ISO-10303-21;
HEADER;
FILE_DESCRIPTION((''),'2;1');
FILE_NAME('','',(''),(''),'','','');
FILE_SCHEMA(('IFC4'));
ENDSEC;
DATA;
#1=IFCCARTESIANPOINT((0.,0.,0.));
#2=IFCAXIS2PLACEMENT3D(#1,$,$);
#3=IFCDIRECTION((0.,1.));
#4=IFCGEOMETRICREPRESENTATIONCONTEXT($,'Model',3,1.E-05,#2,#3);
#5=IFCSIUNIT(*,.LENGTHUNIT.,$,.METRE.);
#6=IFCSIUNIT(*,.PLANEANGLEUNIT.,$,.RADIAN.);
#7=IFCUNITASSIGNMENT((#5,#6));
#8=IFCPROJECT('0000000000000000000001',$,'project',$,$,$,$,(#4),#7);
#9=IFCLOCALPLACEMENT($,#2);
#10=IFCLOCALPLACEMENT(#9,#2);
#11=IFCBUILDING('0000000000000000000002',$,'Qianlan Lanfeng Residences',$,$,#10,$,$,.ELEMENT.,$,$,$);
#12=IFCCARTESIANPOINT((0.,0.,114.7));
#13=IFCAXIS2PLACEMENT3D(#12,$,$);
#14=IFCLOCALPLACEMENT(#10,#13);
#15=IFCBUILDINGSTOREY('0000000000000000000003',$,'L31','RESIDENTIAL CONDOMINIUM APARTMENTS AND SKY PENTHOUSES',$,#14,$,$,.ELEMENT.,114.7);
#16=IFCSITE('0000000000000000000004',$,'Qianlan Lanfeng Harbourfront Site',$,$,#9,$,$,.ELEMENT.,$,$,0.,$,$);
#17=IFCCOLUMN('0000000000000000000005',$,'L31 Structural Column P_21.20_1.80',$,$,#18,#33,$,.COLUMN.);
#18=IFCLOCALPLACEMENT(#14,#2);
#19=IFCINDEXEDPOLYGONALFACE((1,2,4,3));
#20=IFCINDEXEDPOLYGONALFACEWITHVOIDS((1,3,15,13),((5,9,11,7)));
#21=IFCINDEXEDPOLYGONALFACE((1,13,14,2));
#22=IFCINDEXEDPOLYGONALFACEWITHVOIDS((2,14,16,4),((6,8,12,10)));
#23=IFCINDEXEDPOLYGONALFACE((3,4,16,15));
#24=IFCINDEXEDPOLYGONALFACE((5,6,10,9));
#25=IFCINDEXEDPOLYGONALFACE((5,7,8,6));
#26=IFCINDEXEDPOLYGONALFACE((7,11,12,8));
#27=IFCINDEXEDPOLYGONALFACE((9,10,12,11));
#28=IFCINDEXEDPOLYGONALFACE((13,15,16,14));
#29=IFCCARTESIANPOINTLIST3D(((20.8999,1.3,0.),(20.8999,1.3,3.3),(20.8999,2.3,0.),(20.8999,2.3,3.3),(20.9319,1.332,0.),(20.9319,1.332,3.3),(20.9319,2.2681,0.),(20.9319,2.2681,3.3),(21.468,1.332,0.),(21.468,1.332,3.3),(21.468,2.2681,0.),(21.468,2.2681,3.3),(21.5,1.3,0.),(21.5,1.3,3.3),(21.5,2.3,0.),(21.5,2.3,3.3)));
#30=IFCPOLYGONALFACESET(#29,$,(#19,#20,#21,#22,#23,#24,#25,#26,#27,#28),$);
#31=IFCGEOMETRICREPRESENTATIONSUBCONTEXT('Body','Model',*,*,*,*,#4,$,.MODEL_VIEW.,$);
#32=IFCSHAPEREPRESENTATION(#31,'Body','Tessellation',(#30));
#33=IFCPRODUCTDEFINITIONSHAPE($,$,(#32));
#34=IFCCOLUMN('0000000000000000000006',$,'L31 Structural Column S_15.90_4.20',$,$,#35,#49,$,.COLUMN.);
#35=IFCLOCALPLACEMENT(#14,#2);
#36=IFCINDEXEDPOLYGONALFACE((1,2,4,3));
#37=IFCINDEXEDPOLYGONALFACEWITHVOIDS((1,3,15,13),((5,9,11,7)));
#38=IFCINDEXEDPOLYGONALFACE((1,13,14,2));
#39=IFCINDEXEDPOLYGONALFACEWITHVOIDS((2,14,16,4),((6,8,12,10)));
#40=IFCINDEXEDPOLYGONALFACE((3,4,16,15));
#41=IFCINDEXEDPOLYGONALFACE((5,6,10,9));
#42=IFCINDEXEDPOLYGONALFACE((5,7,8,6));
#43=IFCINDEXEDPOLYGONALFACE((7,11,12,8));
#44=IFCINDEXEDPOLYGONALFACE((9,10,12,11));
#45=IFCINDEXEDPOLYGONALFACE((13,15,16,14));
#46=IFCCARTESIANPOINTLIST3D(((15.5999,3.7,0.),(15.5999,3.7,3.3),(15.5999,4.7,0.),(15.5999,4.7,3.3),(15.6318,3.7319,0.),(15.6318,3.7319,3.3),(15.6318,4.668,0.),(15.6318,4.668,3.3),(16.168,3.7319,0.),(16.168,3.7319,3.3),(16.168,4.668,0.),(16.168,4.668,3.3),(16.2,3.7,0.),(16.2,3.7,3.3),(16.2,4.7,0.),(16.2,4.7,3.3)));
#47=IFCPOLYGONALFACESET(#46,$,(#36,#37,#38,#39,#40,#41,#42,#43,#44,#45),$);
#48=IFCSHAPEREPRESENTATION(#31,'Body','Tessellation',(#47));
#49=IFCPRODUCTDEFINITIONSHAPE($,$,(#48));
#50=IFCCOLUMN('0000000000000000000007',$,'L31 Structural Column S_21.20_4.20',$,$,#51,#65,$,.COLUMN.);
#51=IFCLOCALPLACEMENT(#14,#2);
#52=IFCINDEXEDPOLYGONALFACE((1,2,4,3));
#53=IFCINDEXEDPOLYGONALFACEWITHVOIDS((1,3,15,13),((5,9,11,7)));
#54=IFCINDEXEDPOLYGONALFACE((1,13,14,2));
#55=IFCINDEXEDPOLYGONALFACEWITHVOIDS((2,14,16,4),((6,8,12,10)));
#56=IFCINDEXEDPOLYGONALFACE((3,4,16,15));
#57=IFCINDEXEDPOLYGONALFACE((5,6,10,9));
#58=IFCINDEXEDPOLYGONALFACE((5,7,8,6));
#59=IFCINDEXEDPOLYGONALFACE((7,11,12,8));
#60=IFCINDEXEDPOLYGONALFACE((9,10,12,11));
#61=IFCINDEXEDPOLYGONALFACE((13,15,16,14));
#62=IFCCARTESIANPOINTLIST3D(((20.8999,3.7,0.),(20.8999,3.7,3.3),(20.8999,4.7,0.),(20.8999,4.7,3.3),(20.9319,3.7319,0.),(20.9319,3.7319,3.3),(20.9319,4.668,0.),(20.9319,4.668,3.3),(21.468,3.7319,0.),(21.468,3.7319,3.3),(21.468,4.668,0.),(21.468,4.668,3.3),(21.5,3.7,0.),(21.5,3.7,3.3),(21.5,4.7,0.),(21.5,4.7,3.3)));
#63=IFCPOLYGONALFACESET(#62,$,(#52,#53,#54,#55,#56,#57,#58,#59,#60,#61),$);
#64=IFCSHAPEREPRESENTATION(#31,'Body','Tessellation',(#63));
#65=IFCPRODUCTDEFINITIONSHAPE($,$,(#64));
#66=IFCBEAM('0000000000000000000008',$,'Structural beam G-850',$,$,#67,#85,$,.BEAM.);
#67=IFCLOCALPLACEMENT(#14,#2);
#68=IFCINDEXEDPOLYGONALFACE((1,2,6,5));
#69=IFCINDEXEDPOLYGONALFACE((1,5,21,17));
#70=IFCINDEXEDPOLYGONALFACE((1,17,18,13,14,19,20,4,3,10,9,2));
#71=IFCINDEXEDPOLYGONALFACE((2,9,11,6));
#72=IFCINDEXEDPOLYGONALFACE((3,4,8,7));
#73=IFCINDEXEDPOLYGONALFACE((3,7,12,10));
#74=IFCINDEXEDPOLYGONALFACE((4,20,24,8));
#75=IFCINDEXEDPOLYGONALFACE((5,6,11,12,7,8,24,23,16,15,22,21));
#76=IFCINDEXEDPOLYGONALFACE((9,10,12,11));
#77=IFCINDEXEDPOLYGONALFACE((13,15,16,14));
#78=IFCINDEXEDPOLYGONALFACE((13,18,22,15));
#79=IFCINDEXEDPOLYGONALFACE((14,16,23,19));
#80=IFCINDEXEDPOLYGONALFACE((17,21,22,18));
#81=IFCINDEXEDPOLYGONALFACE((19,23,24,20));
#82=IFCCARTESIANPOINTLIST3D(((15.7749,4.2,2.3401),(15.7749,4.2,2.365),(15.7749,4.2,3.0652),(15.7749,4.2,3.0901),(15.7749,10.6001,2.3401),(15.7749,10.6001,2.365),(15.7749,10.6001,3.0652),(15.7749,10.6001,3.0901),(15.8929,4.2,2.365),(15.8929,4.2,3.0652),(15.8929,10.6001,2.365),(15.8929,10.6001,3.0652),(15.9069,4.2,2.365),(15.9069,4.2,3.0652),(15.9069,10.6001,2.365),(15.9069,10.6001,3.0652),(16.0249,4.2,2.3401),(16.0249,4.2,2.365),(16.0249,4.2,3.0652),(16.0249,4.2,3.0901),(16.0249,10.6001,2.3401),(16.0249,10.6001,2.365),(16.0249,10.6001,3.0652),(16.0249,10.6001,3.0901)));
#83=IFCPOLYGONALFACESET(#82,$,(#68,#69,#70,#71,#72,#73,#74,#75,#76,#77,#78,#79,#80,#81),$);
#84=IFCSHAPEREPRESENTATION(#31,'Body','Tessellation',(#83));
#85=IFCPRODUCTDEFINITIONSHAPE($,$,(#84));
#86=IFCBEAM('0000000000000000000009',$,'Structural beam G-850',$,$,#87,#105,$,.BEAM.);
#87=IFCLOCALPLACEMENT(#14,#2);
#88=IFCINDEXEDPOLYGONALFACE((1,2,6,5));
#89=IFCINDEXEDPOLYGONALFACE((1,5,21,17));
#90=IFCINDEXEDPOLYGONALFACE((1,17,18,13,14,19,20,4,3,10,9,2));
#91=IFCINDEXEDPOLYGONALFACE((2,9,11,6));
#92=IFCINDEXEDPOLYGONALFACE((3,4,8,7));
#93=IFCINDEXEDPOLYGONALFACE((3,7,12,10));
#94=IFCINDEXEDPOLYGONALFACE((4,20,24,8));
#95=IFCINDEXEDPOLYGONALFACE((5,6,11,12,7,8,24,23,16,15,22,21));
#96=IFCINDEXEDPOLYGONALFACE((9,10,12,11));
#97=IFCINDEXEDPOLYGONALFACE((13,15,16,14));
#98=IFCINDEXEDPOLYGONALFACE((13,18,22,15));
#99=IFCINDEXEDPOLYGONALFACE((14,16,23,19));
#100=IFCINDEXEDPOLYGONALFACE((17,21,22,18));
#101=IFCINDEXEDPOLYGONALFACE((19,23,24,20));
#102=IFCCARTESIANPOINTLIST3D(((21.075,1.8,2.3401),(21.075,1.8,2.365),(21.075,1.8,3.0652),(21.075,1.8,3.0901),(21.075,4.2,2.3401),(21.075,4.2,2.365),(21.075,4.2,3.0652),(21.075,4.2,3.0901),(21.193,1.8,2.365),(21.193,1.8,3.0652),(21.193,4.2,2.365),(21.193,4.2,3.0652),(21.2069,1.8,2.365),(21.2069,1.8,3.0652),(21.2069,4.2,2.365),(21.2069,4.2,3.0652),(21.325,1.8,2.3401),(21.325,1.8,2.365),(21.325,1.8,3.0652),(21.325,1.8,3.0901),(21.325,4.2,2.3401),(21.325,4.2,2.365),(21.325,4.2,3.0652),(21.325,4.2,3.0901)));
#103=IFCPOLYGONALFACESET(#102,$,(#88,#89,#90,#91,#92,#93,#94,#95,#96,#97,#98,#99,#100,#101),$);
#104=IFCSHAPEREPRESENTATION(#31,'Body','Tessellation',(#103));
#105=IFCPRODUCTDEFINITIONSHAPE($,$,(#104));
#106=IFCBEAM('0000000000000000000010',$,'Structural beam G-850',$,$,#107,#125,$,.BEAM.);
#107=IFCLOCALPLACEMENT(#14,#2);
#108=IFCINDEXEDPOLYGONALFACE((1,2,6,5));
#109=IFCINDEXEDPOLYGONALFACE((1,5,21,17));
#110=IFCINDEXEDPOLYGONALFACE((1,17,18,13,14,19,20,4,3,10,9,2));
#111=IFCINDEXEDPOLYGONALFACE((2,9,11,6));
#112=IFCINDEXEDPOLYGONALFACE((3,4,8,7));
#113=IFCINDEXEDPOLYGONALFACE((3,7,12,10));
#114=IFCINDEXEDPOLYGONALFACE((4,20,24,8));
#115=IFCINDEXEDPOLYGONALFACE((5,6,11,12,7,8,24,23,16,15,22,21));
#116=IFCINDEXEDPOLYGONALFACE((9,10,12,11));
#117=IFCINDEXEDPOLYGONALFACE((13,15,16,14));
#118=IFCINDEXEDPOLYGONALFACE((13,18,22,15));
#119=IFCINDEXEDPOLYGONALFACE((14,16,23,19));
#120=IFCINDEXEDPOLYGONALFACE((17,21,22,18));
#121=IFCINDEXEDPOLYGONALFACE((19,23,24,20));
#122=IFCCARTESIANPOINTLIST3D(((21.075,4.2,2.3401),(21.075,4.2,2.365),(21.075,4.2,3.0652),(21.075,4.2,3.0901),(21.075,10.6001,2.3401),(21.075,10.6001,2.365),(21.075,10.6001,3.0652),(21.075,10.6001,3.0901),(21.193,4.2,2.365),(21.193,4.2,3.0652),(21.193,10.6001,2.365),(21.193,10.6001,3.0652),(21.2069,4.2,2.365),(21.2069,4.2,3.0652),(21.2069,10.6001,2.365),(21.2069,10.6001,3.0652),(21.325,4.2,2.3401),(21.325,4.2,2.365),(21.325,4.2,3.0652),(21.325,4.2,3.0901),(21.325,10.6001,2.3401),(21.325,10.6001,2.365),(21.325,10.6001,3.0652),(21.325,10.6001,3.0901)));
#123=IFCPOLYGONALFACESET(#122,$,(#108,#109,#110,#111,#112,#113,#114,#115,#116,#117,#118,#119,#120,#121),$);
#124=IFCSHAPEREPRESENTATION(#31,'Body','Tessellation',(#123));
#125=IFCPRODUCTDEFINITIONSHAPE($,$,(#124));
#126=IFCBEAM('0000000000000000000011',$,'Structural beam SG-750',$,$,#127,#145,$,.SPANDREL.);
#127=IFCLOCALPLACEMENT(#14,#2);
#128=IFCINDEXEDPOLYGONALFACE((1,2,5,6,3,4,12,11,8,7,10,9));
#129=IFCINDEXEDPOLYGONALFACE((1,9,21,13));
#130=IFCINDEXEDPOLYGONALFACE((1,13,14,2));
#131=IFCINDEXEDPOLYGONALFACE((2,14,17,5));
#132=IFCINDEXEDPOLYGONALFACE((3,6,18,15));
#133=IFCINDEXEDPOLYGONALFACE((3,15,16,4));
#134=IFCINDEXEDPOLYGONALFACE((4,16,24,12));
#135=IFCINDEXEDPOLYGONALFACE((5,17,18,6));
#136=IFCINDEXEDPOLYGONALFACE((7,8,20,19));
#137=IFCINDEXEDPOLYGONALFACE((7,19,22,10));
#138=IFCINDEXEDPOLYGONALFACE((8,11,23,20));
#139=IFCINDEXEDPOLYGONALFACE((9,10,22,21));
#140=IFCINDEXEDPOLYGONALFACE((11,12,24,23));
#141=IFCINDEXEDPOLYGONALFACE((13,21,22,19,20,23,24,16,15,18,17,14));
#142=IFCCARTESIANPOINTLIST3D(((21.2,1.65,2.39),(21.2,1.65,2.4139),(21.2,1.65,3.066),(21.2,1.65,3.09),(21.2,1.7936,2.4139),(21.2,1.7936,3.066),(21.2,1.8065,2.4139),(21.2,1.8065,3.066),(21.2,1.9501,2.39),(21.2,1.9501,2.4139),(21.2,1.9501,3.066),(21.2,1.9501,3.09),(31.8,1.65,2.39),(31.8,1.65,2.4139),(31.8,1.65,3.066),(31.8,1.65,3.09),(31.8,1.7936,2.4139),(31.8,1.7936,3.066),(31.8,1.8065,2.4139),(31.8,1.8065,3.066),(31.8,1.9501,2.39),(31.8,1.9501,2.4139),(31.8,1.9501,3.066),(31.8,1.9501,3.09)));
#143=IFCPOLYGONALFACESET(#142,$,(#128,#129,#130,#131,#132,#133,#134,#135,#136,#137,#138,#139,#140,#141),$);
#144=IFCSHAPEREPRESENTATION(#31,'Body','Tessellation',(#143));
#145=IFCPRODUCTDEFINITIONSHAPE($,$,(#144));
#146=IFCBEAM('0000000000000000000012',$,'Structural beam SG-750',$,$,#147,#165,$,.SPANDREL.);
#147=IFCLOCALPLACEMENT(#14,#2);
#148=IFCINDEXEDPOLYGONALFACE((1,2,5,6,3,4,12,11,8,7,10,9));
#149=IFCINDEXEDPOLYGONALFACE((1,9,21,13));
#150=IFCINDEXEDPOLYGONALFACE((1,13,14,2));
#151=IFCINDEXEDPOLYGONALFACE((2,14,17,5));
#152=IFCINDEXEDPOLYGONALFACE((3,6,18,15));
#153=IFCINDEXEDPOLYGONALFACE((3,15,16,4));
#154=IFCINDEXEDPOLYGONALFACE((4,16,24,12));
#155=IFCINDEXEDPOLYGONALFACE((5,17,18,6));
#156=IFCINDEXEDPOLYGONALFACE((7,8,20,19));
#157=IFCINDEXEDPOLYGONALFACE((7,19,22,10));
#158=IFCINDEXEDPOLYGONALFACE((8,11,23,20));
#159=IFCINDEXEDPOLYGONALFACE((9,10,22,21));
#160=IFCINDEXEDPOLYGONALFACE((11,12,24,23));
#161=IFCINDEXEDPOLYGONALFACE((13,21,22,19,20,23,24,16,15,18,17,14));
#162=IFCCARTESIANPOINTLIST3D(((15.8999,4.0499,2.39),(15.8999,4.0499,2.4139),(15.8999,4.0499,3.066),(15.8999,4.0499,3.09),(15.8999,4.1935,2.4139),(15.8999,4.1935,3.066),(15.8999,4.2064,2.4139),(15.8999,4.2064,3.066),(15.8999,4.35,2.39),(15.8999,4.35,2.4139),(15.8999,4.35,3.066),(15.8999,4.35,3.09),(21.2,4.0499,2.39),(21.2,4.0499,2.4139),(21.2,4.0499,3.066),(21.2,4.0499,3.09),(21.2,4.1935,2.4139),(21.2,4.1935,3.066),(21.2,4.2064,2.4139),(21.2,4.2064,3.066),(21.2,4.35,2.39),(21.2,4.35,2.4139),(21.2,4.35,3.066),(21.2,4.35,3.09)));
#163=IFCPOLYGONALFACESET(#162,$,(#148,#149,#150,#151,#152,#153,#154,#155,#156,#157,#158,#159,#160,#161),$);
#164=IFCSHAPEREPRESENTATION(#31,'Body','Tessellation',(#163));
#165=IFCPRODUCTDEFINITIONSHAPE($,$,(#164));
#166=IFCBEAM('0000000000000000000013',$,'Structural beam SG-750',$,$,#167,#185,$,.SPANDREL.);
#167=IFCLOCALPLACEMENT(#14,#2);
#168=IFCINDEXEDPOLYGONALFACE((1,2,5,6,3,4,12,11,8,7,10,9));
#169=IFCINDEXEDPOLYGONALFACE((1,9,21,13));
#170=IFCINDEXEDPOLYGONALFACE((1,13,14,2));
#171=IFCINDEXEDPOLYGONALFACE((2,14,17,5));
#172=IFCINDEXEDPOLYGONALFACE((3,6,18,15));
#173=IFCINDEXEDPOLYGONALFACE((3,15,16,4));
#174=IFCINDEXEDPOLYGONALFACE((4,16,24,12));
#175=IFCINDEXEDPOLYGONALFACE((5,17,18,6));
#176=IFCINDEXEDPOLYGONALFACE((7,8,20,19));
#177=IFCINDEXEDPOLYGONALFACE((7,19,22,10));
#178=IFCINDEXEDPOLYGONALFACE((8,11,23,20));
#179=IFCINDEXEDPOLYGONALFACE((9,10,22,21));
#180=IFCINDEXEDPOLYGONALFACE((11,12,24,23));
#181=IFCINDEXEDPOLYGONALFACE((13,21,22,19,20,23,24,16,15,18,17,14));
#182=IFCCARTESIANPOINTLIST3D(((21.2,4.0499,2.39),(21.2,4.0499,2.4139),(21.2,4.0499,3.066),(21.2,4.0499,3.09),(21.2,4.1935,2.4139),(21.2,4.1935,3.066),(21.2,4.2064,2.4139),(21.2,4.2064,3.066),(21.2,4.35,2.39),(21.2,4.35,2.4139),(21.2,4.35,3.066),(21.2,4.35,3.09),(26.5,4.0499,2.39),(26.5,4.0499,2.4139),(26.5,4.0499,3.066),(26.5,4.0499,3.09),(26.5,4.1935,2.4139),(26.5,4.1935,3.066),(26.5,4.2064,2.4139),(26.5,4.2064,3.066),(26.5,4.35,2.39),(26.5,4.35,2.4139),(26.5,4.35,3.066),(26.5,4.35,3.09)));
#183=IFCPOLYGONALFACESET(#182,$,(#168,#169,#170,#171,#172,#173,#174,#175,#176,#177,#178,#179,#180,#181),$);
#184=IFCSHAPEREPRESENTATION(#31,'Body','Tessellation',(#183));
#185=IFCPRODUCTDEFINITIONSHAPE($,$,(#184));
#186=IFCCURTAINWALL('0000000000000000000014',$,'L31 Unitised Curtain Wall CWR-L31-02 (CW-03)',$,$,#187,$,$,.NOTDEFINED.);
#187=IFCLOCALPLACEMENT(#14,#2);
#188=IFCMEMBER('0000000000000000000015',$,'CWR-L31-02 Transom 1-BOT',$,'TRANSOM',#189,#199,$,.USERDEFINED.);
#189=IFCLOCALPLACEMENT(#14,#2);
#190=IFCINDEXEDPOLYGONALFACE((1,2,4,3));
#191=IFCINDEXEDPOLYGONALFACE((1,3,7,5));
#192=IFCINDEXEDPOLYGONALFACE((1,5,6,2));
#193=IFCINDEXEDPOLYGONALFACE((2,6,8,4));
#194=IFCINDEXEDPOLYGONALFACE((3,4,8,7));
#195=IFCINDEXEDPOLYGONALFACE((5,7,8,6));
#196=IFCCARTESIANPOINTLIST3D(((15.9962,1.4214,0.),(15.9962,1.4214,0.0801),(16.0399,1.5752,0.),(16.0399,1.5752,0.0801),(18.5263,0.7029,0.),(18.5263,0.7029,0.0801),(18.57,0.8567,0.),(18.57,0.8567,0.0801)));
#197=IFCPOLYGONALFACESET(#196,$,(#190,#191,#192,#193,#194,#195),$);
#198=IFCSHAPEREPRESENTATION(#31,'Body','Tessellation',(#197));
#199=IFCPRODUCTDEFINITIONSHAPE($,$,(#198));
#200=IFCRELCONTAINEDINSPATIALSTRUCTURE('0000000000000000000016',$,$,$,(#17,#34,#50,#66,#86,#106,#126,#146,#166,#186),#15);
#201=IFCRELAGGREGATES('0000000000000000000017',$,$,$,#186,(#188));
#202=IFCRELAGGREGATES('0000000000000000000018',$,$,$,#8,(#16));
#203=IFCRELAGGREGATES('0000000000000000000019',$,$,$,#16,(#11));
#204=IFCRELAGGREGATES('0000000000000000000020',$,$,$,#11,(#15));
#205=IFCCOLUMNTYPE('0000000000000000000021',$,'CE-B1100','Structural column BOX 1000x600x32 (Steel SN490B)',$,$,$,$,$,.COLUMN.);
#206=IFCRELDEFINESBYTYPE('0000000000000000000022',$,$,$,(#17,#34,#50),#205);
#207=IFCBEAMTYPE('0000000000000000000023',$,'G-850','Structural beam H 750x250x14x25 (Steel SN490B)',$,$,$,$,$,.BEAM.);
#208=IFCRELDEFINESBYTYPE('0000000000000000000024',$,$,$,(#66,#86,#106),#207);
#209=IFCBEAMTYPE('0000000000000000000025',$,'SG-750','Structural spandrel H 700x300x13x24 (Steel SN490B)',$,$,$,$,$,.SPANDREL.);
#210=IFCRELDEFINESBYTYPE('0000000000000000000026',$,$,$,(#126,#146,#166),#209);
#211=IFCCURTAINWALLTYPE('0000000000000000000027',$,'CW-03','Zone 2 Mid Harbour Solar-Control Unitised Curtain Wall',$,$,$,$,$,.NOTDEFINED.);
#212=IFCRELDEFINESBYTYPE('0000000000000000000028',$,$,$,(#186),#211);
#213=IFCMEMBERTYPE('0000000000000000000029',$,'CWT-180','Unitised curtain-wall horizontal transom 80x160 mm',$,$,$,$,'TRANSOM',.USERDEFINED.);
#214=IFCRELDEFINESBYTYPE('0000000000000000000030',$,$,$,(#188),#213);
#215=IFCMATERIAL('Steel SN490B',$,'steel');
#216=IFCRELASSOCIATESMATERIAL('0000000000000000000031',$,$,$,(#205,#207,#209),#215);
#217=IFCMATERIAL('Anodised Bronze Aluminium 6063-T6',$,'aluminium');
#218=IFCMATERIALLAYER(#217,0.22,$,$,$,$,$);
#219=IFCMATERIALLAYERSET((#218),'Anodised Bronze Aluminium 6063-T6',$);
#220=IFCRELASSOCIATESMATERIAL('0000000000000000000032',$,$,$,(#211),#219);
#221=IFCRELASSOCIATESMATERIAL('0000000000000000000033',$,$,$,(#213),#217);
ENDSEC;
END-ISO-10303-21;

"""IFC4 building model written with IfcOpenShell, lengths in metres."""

from ifc_helpers import new_model, si_unit, direction, frame, origin, origin_2d, place, context, subcontext, project, spatial, rectangle, hollow_rectangle, i_section, extrude, source, transform, mapped, material, layer, layer_set, material_profile, profile_set, type_object, element, aggregate, save


model = new_model("IFC4")

# Units and contexts
model_context = context("Model", 3, precision=1e-05, world=origin(), true_north=direction((0.0, 1.0)))
body_context = subcontext(model_context, "Body", "Model", "MODEL_VIEW")
ifc_project = project(units=[si_unit("LENGTHUNIT", "METRE"), si_unit("PLANEANGLEUNIT", "RADIAN")], contexts=[model_context])

# Site, building, storey
site_placement = place(None, origin())
site = spatial("IfcSite", under=ifc_project, at=site_placement, Name="Qianlan Lanfeng Harbourfront Site", CompositionType="ELEMENT", RefElevation=0.0)
building_placement = place(site_placement, origin())
building = spatial("IfcBuilding", under=site, at=building_placement, Name="Qianlan Lanfeng Residences", CompositionType="ELEMENT")
storey_placement = place(building_placement, frame((0.0, 0.0, 114.7)))
storey = spatial("IfcBuildingStorey", under=building, at=storey_placement, Name="L31", Description="RESIDENTIAL CONDOMINIUM APARTMENTS AND SKY PENTHOUSES", CompositionType="ELEMENT", Elevation=114.7)

# Columns
ifc_material_1 = material(Name="Steel SN490B", Category="steel")
ifc_material_profile_1 = material_profile(ifc_material_1, hollow_rectangle(XDim=0.6001, YDim=1.0, WallThickness=0.032, at=origin_2d()), Name="BOX 1000x600x32")
ifc_profile_set_1 = profile_set([ifc_material_profile_1], Name="Steel SN490B")
column_type = type_object("IfcColumnType", Name="CE-B1100", Description="Structural column BOX 1000x600x32 (Steel SN490B)", PredefinedType="COLUMN", material=ifc_profile_set_1)
for number, where, z_axis, x_axis, name in (
    (1, (21.2, 1.8, 0.0), (0.0, 0.0, 1.0), (1.0, 0.0, 0.0), "L31 Structural Column P_21.20_1.80"),
    (2, (15.8999, 4.2, 0.0), (0.0, 0.0, 1.0), (1.0, 0.0, 0.0), "L31 Structural Column S_15.90_4.20"),
    (3, (21.2, 4.2, 0.0), (0.0, 0.0, 1.0), (1.0, 0.0, 0.0), "L31 Structural Column S_21.20_4.20"),
):
    element("IfcColumn", number, at=place(storey_placement, frame(where, z_axis=z_axis, x_axis=x_axis)), inside=storey, type_object=column_type, Name=name, PredefinedType="COLUMN", context=body_context, shape_type="SweptSolid", body=[
        extrude(hollow_rectangle(XDim=0.6001, YDim=1.0, WallThickness=0.032, at=origin_2d()), origin(), (0.0, 0.0, 1.0), 3.3),
    ])

# Beams
ifc_material_profile_2 = material_profile(ifc_material_1, i_section(OverallWidth=0.25, OverallDepth=0.75, WebThickness=0.0139, FlangeThickness=0.0249, at=origin_2d()), Name="H 750x250x14x25")
ifc_profile_set_2 = profile_set([ifc_material_profile_2], Name="Steel SN490B")
beam_type_1 = type_object("IfcBeamType", Name="G-850", Description="Structural beam H 750x250x14x25 (Steel SN490B)", PredefinedType="BEAM", material=ifc_profile_set_2)
beam_1_placement = place(storey_placement, frame((15.8999, 4.2, 2.7151), z_axis=(0.0, 1.0, 0.0), x_axis=(-1.0, 0.0, 0.0)))
element("IfcBeam", 4, at=beam_1_placement, inside=storey, type_object=beam_type_1, Name="Structural beam G-850", PredefinedType="BEAM", context=body_context, shape_type="SweptSolid", body=[
    extrude(i_section(OverallWidth=0.25, OverallDepth=0.75, WebThickness=0.0139, FlangeThickness=0.0249, at=origin_2d()), origin(), (0.0, 0.0, 1.0), 6.4001),
])
beam_2_placement = place(storey_placement, frame((21.2, 1.8, 2.7151), z_axis=(0.0, 1.0, 0.0), x_axis=(-1.0, 0.0, 0.0)))
element("IfcBeam", 5, at=beam_2_placement, inside=storey, type_object=beam_type_1, Name="Structural beam G-850", PredefinedType="BEAM", context=body_context, shape_type="SweptSolid", body=[
    extrude(i_section(OverallWidth=0.25, OverallDepth=0.75, WebThickness=0.0139, FlangeThickness=0.0249, at=origin_2d()), origin(), (0.0, 0.0, 1.0), 2.3999),
])
beam_3_placement = place(storey_placement, frame((21.2, 4.2, 2.7151), z_axis=(0.0, 1.0, 0.0), x_axis=(-1.0, 0.0, 0.0)))
element("IfcBeam", 6, at=beam_3_placement, inside=storey, type_object=beam_type_1, Name="Structural beam G-850", PredefinedType="BEAM", context=body_context, shape_type="SweptSolid", body=[
    extrude(i_section(OverallWidth=0.25, OverallDepth=0.75, WebThickness=0.0139, FlangeThickness=0.0249, at=origin_2d()), origin(), (0.0, 0.0, 1.0), 6.4001),
])
ifc_material_profile_3 = material_profile(ifc_material_1, i_section(OverallWidth=0.3, OverallDepth=0.7, WebThickness=0.0129, FlangeThickness=0.0239, at=origin_2d()), Name="H 700x300x13x24")
ifc_profile_set_3 = profile_set([ifc_material_profile_3], Name="Steel SN490B")
beam_type_2 = type_object("IfcBeamType", Name="SG-750", Description="Structural spandrel H 700x300x13x24 (Steel SN490B)", PredefinedType="SPANDREL", material=ifc_profile_set_3)
beam_4_placement = place(storey_placement, frame((21.2, 1.8, 2.74), z_axis=(1.0, 0.0, 0.0), x_axis=(0.0, 1.0, 0.0)))
element("IfcBeam", 7, at=beam_4_placement, inside=storey, type_object=beam_type_2, Name="Structural beam SG-750", PredefinedType="SPANDREL", context=body_context, shape_type="SweptSolid", body=[
    extrude(i_section(OverallWidth=0.3, OverallDepth=0.7, WebThickness=0.0129, FlangeThickness=0.0239, at=origin_2d()), origin(), (0.0, 0.0, 1.0), 10.6001),
])
for number, where, z_axis, x_axis, name in (
    (8, (15.8999, 4.2, 2.74), (1.0, 0.0, 0.0), (0.0, 1.0, 0.0), "Structural beam SG-750"),
    (9, (21.2, 4.2, 2.74), (1.0, 0.0, 0.0), (0.0, 1.0, 0.0), "Structural beam SG-750"),
):
    element("IfcBeam", number, at=place(storey_placement, frame(where, z_axis=z_axis, x_axis=x_axis)), inside=storey, type_object=beam_type_2, Name=name, PredefinedType="SPANDREL", context=body_context, shape_type="SweptSolid", body=[
        extrude(i_section(OverallWidth=0.3, OverallDepth=0.7, WebThickness=0.0129, FlangeThickness=0.0239, at=origin_2d()), origin(), (0.0, 0.0, 1.0), 5.3),
    ])

# Curtain wall, member
ifc_material_2 = material(Name="Anodised Bronze Aluminium 6063-T6", Category="aluminium")
ifc_layer_1 = layer(ifc_material_2, 0.22)
ifc_layer_set_1 = layer_set([ifc_layer_1], Name="Anodised Bronze Aluminium 6063-T6")
curtain_wall_type = type_object("IfcCurtainWallType", Name="CW-03", Description="Zone 2 Mid Harbour Solar-Control Unitised Curtain Wall", PredefinedType="NOTDEFINED", material=ifc_layer_set_1)
curtain_wall_1_placement = place(storey_placement, origin())
curtain_wall_1 = element("IfcCurtainWall", 10, at=curtain_wall_1_placement, inside=storey, type_object=curtain_wall_type, Name="L31 Unitised Curtain Wall CWR-L31-02 (CW-03)", PredefinedType="NOTDEFINED")
ifc_material_profile_4 = material_profile(ifc_material_2, rectangle(XDim=0.0801, YDim=0.1599, at=origin_2d()), Name="ALU TRANSOM 80x160")
ifc_profile_set_4 = profile_set([ifc_material_profile_4], Name="Anodised Bronze Aluminium 6063-T6")
member_type_1 = type_object("IfcMemberType", Name="CWT-180", Description="Unitised curtain-wall horizontal transom 80x160 mm", ElementType="TRANSOM", PredefinedType="USERDEFINED", material=ifc_profile_set_4)
shared_shape_1 = source(origin(), body_context, "Body", "SweptSolid", [
    extrude(rectangle(XDim=0.0801, YDim=0.1599, at=origin_2d()), origin(), (0.0, 0.0, 1.0), 2.6301),
])
member_1_placement = place(storey_placement, frame((16.0181, 1.4983, 0.04), z_axis=(0.961961, -0.273188, 0.0), x_axis=(0.0, 0.0, 1.0)))
member_1 = element("IfcMember", 11, at=member_1_placement, type_object=member_type_1, Name="CWR-L31-02 Transom 1-BOT", ObjectType="TRANSOM", PredefinedType="USERDEFINED", context=body_context, shape_type="MappedRepresentation", body=[
    mapped(shared_shape_1, transform((0.0, 0.0, 0.0), scale=1.0)),
])

aggregate(curtain_wall_1, [member_1])

save(model, "model.ifc")
